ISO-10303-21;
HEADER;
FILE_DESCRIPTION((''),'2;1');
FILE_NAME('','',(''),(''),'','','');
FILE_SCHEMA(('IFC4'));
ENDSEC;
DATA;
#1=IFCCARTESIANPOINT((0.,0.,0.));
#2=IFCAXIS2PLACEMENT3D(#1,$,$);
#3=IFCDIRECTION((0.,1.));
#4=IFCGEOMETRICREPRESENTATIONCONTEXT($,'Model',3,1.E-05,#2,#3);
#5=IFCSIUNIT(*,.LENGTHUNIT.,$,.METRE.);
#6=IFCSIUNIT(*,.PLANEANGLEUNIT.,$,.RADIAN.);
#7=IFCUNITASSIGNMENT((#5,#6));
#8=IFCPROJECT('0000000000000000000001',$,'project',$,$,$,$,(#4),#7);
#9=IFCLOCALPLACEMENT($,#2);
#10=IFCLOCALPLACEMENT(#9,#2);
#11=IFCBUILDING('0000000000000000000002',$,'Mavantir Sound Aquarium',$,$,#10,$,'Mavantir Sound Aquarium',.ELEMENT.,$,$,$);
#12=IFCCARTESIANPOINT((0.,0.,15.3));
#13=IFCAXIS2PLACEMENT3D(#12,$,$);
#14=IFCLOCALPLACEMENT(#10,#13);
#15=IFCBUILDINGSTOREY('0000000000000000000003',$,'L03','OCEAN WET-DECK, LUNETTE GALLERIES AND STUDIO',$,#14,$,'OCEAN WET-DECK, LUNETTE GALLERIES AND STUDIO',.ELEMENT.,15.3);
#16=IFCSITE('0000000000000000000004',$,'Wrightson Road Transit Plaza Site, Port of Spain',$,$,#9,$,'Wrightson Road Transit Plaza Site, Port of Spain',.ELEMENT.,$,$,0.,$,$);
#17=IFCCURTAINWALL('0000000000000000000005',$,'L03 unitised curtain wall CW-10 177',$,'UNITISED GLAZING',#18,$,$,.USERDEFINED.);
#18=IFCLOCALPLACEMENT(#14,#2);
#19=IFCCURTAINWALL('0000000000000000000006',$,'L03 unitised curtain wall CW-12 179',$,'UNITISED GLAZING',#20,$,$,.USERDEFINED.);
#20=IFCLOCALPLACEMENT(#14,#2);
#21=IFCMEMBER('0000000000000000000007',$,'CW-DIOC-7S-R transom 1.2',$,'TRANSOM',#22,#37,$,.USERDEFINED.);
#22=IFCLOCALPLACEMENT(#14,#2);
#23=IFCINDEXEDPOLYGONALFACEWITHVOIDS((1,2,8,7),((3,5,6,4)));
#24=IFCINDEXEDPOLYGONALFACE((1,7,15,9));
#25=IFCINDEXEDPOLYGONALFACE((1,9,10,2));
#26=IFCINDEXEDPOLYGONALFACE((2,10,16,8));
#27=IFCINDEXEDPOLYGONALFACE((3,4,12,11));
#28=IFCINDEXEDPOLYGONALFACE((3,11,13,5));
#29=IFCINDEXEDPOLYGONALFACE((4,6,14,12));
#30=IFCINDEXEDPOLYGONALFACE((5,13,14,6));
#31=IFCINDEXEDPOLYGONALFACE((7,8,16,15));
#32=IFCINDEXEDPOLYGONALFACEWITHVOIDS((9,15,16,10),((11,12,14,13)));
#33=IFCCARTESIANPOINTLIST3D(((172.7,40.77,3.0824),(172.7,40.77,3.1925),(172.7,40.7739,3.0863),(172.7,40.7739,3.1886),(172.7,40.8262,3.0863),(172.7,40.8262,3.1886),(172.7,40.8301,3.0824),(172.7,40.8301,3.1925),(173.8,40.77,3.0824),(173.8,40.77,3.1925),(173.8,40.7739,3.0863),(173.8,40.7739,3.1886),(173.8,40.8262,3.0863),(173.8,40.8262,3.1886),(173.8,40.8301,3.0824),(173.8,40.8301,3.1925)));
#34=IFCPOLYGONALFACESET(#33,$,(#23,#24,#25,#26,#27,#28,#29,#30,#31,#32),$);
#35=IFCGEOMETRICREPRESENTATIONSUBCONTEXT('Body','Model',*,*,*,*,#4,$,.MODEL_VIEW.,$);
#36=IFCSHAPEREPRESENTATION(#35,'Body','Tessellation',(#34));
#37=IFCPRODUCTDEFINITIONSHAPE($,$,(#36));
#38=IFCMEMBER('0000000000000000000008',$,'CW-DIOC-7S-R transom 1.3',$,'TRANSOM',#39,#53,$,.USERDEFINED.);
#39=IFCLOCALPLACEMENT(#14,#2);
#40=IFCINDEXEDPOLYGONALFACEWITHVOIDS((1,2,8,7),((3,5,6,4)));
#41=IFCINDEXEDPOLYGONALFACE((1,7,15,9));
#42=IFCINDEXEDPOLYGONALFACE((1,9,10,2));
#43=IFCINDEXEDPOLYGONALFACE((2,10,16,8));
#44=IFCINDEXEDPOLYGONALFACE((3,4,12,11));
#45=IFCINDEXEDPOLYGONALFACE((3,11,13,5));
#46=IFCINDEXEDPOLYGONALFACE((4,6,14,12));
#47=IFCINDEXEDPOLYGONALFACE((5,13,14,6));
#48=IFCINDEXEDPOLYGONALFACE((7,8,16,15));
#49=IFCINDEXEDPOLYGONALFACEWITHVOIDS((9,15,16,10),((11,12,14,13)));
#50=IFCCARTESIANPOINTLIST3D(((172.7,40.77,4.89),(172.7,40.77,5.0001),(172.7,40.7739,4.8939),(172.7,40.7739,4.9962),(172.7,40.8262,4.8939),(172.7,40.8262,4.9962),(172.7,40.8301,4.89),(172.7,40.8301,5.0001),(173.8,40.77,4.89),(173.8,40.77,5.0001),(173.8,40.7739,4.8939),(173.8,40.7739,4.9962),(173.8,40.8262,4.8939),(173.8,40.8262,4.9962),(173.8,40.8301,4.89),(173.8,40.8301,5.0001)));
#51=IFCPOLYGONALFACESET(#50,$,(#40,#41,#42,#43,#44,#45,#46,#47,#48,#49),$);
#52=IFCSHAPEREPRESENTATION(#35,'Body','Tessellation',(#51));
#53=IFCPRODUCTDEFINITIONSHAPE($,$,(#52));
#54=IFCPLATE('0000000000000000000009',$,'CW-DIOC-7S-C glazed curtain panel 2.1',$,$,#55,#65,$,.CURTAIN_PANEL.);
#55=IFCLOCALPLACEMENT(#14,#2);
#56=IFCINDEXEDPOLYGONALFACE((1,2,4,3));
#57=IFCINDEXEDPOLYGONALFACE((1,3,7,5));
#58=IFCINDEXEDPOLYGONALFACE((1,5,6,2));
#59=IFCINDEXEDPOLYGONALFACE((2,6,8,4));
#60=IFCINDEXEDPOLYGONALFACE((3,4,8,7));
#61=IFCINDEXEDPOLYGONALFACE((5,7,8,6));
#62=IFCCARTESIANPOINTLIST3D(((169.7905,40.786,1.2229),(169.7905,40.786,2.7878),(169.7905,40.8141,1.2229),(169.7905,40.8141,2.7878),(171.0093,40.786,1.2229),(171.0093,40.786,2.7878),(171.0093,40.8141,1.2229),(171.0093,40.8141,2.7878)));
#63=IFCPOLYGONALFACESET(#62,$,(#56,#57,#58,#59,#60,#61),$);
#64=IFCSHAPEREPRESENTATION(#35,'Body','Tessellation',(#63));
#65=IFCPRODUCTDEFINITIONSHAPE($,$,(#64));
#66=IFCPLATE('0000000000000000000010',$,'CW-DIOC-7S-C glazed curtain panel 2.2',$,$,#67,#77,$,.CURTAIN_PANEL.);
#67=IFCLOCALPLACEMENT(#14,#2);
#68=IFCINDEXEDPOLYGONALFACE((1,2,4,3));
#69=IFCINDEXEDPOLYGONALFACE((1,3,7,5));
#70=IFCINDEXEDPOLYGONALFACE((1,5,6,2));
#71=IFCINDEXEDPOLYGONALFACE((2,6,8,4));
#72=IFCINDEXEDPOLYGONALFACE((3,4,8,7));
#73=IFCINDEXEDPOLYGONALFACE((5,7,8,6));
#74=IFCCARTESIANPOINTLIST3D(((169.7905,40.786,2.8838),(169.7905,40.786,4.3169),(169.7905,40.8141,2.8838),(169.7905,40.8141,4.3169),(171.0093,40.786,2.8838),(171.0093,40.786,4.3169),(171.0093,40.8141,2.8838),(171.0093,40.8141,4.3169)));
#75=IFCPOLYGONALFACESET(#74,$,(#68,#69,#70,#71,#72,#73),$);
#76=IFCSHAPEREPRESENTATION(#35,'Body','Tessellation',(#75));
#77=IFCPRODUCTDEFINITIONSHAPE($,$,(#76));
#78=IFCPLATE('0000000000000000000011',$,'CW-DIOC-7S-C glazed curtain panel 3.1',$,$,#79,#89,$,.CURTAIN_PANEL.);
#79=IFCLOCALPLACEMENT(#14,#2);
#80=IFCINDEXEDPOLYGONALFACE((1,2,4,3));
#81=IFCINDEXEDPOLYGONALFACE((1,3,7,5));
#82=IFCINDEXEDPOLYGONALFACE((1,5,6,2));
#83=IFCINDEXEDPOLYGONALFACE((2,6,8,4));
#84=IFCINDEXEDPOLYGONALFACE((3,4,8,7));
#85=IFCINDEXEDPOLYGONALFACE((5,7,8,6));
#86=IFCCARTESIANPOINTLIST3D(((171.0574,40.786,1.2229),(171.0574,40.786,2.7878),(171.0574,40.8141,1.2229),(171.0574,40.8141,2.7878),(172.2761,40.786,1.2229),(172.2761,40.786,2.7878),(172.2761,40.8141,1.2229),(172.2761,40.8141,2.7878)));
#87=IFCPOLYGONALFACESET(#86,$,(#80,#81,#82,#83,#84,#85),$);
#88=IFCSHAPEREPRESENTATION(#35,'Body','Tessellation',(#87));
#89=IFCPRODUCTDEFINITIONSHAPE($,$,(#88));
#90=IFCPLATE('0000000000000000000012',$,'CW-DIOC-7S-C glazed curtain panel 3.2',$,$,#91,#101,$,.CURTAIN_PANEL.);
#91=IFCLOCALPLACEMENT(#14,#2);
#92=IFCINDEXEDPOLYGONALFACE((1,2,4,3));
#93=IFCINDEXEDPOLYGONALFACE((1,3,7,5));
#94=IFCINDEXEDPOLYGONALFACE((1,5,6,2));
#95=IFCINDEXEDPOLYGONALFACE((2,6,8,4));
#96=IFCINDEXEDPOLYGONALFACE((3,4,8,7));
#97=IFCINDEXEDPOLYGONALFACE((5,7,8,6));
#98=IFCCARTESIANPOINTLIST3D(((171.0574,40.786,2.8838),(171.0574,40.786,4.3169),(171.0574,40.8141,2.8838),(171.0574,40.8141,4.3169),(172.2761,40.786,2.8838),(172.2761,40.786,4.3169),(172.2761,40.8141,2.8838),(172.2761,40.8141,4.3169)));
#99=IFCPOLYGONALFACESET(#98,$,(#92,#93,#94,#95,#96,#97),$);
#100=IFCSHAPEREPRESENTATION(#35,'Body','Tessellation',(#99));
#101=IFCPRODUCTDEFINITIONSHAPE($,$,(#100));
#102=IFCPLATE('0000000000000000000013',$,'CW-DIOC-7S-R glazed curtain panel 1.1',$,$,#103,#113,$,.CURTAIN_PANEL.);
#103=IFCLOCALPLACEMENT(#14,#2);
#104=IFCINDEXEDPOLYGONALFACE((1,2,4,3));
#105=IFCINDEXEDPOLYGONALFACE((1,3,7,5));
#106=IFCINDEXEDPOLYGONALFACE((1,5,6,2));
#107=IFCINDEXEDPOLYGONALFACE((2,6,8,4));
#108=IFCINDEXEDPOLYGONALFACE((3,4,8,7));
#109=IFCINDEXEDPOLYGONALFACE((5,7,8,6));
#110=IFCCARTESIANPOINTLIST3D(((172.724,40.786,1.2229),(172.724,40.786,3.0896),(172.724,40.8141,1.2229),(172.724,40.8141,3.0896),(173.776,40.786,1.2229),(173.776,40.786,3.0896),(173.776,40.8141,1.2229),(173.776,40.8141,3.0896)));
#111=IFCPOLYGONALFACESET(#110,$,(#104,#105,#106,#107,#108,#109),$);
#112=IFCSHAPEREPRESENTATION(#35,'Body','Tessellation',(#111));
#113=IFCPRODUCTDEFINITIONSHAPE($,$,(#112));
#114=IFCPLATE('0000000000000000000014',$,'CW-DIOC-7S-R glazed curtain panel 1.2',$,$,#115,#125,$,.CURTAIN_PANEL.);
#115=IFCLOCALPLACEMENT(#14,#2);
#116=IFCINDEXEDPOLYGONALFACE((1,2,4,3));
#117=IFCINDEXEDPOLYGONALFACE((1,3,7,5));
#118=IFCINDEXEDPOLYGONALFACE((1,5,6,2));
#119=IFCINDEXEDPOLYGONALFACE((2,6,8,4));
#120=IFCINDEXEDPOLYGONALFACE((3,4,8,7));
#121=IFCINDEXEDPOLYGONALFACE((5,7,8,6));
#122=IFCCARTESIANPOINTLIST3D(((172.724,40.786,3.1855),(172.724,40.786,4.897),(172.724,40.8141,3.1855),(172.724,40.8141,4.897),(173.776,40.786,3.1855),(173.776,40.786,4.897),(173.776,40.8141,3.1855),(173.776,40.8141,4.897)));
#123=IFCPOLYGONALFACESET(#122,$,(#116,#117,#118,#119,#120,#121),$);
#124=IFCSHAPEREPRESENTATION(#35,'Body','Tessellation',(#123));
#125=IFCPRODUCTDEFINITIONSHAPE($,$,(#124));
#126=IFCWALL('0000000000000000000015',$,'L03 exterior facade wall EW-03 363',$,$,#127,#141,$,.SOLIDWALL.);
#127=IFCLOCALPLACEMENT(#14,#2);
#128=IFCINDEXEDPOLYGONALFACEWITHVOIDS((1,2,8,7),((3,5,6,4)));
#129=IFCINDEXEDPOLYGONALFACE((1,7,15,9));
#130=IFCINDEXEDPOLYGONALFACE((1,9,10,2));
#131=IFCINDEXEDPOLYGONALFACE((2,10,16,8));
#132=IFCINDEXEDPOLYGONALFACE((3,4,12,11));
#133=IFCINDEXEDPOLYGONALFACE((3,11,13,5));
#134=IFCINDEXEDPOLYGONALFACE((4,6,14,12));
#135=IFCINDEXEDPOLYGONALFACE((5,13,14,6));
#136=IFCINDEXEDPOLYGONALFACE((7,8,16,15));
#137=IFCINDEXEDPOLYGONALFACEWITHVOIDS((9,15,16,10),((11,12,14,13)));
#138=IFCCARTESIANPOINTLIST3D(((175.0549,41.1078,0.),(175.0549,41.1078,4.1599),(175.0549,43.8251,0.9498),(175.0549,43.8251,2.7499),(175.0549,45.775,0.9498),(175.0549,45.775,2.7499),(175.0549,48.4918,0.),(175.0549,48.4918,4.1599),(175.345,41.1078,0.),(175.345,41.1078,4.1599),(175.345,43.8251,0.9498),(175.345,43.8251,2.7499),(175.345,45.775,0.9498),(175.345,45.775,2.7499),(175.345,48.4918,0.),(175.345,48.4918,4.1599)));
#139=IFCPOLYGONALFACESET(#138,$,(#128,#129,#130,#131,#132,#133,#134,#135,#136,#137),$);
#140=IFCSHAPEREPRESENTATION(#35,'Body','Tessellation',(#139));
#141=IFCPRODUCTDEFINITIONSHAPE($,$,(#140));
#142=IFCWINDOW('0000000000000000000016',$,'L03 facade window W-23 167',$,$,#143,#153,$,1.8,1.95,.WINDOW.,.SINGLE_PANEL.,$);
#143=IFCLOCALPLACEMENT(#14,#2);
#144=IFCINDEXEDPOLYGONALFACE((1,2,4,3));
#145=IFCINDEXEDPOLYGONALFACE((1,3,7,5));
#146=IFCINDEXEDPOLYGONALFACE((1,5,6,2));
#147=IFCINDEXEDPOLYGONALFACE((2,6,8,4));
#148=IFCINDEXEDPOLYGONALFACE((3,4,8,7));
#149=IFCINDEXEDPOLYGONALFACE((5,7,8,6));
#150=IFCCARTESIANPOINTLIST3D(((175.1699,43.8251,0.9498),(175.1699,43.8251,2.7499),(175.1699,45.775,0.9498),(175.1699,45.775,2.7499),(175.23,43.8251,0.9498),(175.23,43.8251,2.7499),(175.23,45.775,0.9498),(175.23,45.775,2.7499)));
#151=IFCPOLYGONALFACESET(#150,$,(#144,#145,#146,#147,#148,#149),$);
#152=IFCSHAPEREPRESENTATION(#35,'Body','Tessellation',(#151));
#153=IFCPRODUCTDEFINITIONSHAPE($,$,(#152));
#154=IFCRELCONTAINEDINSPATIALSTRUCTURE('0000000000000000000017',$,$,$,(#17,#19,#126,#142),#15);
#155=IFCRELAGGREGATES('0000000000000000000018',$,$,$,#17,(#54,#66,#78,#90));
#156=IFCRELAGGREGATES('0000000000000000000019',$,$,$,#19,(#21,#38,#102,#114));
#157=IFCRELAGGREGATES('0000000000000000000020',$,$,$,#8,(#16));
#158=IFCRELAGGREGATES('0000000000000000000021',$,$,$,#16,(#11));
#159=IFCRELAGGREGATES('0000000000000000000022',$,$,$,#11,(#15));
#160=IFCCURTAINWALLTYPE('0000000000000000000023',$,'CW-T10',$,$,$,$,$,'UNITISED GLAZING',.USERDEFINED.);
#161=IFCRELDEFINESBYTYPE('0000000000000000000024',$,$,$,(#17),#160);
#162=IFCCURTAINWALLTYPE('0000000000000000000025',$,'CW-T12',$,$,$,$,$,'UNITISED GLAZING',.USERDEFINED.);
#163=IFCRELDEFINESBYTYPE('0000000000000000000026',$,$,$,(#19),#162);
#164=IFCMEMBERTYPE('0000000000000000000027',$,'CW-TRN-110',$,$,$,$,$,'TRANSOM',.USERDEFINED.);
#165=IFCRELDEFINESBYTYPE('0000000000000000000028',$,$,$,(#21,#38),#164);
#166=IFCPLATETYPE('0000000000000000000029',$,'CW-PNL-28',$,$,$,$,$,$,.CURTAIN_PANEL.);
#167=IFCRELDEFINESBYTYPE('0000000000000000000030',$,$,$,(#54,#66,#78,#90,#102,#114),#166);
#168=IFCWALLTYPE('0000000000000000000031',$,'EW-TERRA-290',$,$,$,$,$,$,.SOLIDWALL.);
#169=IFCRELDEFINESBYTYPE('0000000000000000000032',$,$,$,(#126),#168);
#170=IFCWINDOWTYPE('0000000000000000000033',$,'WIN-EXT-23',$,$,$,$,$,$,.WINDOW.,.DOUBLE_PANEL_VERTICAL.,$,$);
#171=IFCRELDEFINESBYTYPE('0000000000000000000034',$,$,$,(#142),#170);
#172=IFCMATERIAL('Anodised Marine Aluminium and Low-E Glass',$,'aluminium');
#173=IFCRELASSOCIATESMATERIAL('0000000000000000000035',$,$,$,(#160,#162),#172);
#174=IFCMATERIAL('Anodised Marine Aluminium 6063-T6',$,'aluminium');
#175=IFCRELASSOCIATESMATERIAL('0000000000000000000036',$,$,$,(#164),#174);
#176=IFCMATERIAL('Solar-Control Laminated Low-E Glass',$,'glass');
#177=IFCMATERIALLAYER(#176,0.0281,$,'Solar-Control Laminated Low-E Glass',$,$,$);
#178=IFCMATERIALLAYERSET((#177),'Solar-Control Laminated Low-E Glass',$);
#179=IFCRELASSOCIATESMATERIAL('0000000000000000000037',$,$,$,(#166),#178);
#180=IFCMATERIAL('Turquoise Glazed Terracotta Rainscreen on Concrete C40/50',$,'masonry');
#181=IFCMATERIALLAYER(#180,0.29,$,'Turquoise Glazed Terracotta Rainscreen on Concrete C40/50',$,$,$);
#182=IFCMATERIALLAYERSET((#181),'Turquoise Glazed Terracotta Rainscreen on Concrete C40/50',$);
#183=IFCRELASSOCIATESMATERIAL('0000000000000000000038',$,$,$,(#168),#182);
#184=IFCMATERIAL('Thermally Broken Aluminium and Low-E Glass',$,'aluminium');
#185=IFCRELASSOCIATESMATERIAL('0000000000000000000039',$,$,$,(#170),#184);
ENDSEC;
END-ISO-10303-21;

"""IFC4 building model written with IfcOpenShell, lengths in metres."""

from ifc_helpers import new_model, si_unit, direction, frame, frame_2d, origin, origin_2d, place, context, subcontext, project, spatial, rectangle, hollow_rectangle, extrude, material, layer, layer_set, material_profile, profile_set, type_object, element, fill, aggregate, save


model = new_model("IFC4")

# Units and contexts
model_context = context("Model", 3, precision=1e-05, world=origin(), true_north=direction((0.0, 1.0)))
body_context = subcontext(model_context, "Body", "Model", "MODEL_VIEW")
ifc_project = project(units=[si_unit("LENGTHUNIT", "METRE"), si_unit("PLANEANGLEUNIT", "RADIAN")], contexts=[model_context])

# Site, building, storey
site_placement = place(None, origin())
site = spatial("IfcSite", under=ifc_project, at=site_placement, Name="Wrightson Road Transit Plaza Site, Port of Spain", LongName="Wrightson Road Transit Plaza Site, Port of Spain", CompositionType="ELEMENT", RefElevation=0.0)
building_placement = place(site_placement, origin())
building = spatial("IfcBuilding", under=site, at=building_placement, Name="Mavantir Sound Aquarium", LongName="Mavantir Sound Aquarium", CompositionType="ELEMENT")
storey_placement = place(building_placement, frame((0.0, 0.0, 15.3)))
storey = spatial("IfcBuildingStorey", under=building, at=storey_placement, Name="L03", Description="OCEAN WET-DECK, LUNETTE GALLERIES AND STUDIO", LongName="OCEAN WET-DECK, LUNETTE GALLERIES AND STUDIO", CompositionType="ELEMENT", Elevation=15.3)

# Curtain walls
ifc_material_1 = material(Name="Anodised Marine Aluminium and Low-E Glass", Category="aluminium")
curtain_wall_type_1 = type_object("IfcCurtainWallType", Name="CW-T10", ElementType="UNITISED GLAZING", PredefinedType="USERDEFINED", material=ifc_material_1)
curtain_wall_1_placement = place(storey_placement, origin())
curtain_wall_1 = element("IfcCurtainWall", 1, at=curtain_wall_1_placement, inside=storey, type_object=curtain_wall_type_1, Name="L03 unitised curtain wall CW-10 177", ObjectType="UNITISED GLAZING", PredefinedType="USERDEFINED")
ifc_material_2 = material(Name="Anodised Marine Aluminium 6063-T6", Category="aluminium")
curtain_wall_type_2 = type_object("IfcCurtainWallType", Name="CW-T12", ElementType="UNITISED GLAZING", PredefinedType="USERDEFINED", material=ifc_material_1)
curtain_wall_2_placement = place(storey_placement, origin())
curtain_wall_2 = element("IfcCurtainWall", 2, at=curtain_wall_2_placement, inside=storey, type_object=curtain_wall_type_2, Name="L03 unitised curtain wall CW-12 179", ObjectType="UNITISED GLAZING", PredefinedType="USERDEFINED")

# Members
ifc_material_profile_1 = material_profile(ifc_material_2, hollow_rectangle(XDim=0.0601, YDim=0.1101, WallThickness=0.0039, at=origin_2d()), Name="ALU-TRANSOM-110X60")
ifc_profile_set_1 = profile_set([ifc_material_profile_1], Name="Anodised Marine Aluminium 6063-T6")
member_type_1 = type_object("IfcMemberType", Name="CW-TRN-110", ElementType="TRANSOM", PredefinedType="USERDEFINED", material=ifc_profile_set_1)
member_1_placement = place(storey_placement, frame((172.7, 40.8, 3.1375), z_axis=(1.0, 0.0, 0.0), x_axis=(0.0, 1.0, 0.0)))
member_1 = element("IfcMember", 3, at=member_1_placement, type_object=member_type_1, Name="CW-DIOC-7S-R transom 1.2", ObjectType="TRANSOM", PredefinedType="USERDEFINED", context=body_context, shape_type="SweptSolid", body=[
    extrude(hollow_rectangle(XDim=0.0601, YDim=0.1101, WallThickness=0.0039, at=origin_2d()), origin(), (0.0, 0.0, 1.0), 1.1001),
])
member_2_placement = place(storey_placement, frame((172.7, 40.8, 4.9451), z_axis=(1.0, 0.0, 0.0), x_axis=(0.0, 1.0, 0.0)))
member_2 = element("IfcMember", 4, at=member_2_placement, type_object=member_type_1, Name="CW-DIOC-7S-R transom 1.3", ObjectType="TRANSOM", PredefinedType="USERDEFINED", context=body_context, shape_type="SweptSolid", body=[
    extrude(hollow_rectangle(XDim=0.0601, YDim=0.1101, WallThickness=0.0039, at=origin_2d()), origin(), (0.0, 0.0, 1.0), 1.1001),
])

# Plates
ifc_material_3 = material(Name="Solar-Control Laminated Low-E Glass", Category="glass")
ifc_layer_1 = layer(ifc_material_3, 0.0281, Name="Solar-Control Laminated Low-E Glass")
ifc_layer_set_1 = layer_set([ifc_layer_1], Name="Solar-Control Laminated Low-E Glass")
plate_type = type_object("IfcPlateType", Name="CW-PNL-28", PredefinedType="CURTAIN_PANEL", material=ifc_layer_set_1)
plate_1_placement = place(storey_placement, frame((170.3999, 40.8, 1.2229), z_axis=(0.0, 0.0, 1.0), x_axis=(1.0, 0.0, 0.0)))
plate_1 = element("IfcPlate", 5, at=plate_1_placement, type_object=plate_type, Name="CW-DIOC-7S-C glazed curtain panel 2.1", PredefinedType="CURTAIN_PANEL", context=body_context, shape_type="SweptSolid", body=[
    extrude(rectangle(XDim=1.2188, YDim=0.0281, at=origin_2d()), origin(), (0.0, 0.0, 1.0), 1.5649),
])
plate_2_placement = place(storey_placement, frame((170.3999, 40.8, 2.8838), z_axis=(0.0, 0.0, 1.0), x_axis=(1.0, 0.0, 0.0)))
plate_2 = element("IfcPlate", 6, at=plate_2_placement, type_object=plate_type, Name="CW-DIOC-7S-C glazed curtain panel 2.2", PredefinedType="CURTAIN_PANEL", context=body_context, shape_type="SweptSolid", body=[
    extrude(rectangle(XDim=1.2188, YDim=0.0281, at=origin_2d()), origin(), (0.0, 0.0, 1.0), 1.4331),
])
plate_3_placement = place(storey_placement, frame((171.6667, 40.8, 1.2229), z_axis=(0.0, 0.0, 1.0), x_axis=(1.0, 0.0, 0.0)))
plate_3 = element("IfcPlate", 7, at=plate_3_placement, type_object=plate_type, Name="CW-DIOC-7S-C glazed curtain panel 3.1", PredefinedType="CURTAIN_PANEL", context=body_context, shape_type="SweptSolid", body=[
    extrude(rectangle(XDim=1.2188, YDim=0.0281, at=origin_2d()), origin(), (0.0, 0.0, 1.0), 1.5649),
])
plate_4_placement = place(storey_placement, frame((171.6667, 40.8, 2.8838), z_axis=(0.0, 0.0, 1.0), x_axis=(1.0, 0.0, 0.0)))
plate_4 = element("IfcPlate", 8, at=plate_4_placement, type_object=plate_type, Name="CW-DIOC-7S-C glazed curtain panel 3.2", PredefinedType="CURTAIN_PANEL", context=body_context, shape_type="SweptSolid", body=[
    extrude(rectangle(XDim=1.2188, YDim=0.0281, at=origin_2d()), origin(), (0.0, 0.0, 1.0), 1.4331),
])
aggregate(curtain_wall_1, [plate_1, plate_2, plate_3, plate_4])
plate_5_placement = place(storey_placement, frame((173.25, 40.8, 1.2229), z_axis=(0.0, 0.0, 1.0), x_axis=(1.0, 0.0, 0.0)))
plate_5 = element("IfcPlate", 9, at=plate_5_placement, type_object=plate_type, Name="CW-DIOC-7S-R glazed curtain panel 1.1", PredefinedType="CURTAIN_PANEL", context=body_context, shape_type="SweptSolid", body=[
    extrude(rectangle(XDim=1.052, YDim=0.0281, at=origin_2d()), origin(), (0.0, 0.0, 1.0), 1.8667),
])
plate_6_placement = place(storey_placement, frame((173.25, 40.8, 3.1855), z_axis=(0.0, 0.0, 1.0), x_axis=(1.0, 0.0, 0.0)))
plate_6 = element("IfcPlate", 10, at=plate_6_placement, type_object=plate_type, Name="CW-DIOC-7S-R glazed curtain panel 1.2", PredefinedType="CURTAIN_PANEL", context=body_context, shape_type="SweptSolid", body=[
    extrude(rectangle(XDim=1.052, YDim=0.0281, at=origin_2d()), origin(), (0.0, 0.0, 1.0), 1.7114),
])
aggregate(curtain_wall_2, [member_1, member_2, plate_5, plate_6])

# Wall, opening, window
ifc_material_4 = material(Name="Turquoise Glazed Terracotta Rainscreen on Concrete C40/50", Category="masonry")
ifc_layer_2 = layer(ifc_material_4, 0.29, Name="Turquoise Glazed Terracotta Rainscreen on Concrete C40/50")
ifc_layer_set_2 = layer_set([ifc_layer_2], Name="Turquoise Glazed Terracotta Rainscreen on Concrete C40/50")
wall_type = type_object("IfcWallType", Name="EW-TERRA-290", PredefinedType="SOLIDWALL", material=ifc_layer_set_2)
wall_placement = place(storey_placement, frame((175.2, 41.1079, 0.0), z_axis=(0.0, 0.0, 1.0), x_axis=(0.0, 1.0, 0.0)))
wall = element("IfcWall", 11, at=wall_placement, inside=storey, type_object=wall_type, Name="L03 exterior facade wall EW-03 363", PredefinedType="SOLIDWALL", context=body_context, shape_type="SweptSolid", body=[
    extrude(rectangle(XDim=7.384, YDim=0.29, at=frame_2d((3.6919, 0.0))), origin(), (0.0, 0.0, 1.0), 4.1599),
])
opening_placement = place(wall_placement, frame((2.717, 0.0, 0.95)))
opening = element("IfcOpeningElement", 12, at=opening_placement, cuts=wall, PredefinedType="OPENING", context=body_context, shape_type="SweptSolid", body=[
    extrude(rectangle(XDim=1.95, YDim=1.8, at=frame_2d((0.9751, 0.8999))), frame((0.0, 0.155, 0.0), z_axis=(0.0, -1.0, 0.0), x_axis=(1.0, 0.0, 0.0)), (0.0, 0.0, 1.0), 0.3101),
])
ifc_material_5 = material(Name="Thermally Broken Aluminium and Low-E Glass", Category="aluminium")
window_type = type_object("IfcWindowType", Name="WIN-EXT-23", PartitioningType="DOUBLE_PANEL_VERTICAL", PredefinedType="WINDOW", material=ifc_material_5)
window_placement = place(opening_placement, origin())
window = element("IfcWindow", 13, at=window_placement, inside=storey, type_object=window_type, Name="L03 facade window W-23 167", OverallHeight=1.8, OverallWidth=1.95, PartitioningType="SINGLE_PANEL", PredefinedType="WINDOW", context=body_context, shape_type="SweptSolid", body=[
    extrude(rectangle(XDim=1.95, YDim=1.8, at=frame_2d((0.9751, 0.8999))), frame((0.0, 0.03, 0.0), z_axis=(0.0, -1.0, 0.0), x_axis=(1.0, 0.0, 0.0)), (0.0, 0.0, 1.0), 0.0601),
])
fill(opening, window)

save(model, "model.ifc")
